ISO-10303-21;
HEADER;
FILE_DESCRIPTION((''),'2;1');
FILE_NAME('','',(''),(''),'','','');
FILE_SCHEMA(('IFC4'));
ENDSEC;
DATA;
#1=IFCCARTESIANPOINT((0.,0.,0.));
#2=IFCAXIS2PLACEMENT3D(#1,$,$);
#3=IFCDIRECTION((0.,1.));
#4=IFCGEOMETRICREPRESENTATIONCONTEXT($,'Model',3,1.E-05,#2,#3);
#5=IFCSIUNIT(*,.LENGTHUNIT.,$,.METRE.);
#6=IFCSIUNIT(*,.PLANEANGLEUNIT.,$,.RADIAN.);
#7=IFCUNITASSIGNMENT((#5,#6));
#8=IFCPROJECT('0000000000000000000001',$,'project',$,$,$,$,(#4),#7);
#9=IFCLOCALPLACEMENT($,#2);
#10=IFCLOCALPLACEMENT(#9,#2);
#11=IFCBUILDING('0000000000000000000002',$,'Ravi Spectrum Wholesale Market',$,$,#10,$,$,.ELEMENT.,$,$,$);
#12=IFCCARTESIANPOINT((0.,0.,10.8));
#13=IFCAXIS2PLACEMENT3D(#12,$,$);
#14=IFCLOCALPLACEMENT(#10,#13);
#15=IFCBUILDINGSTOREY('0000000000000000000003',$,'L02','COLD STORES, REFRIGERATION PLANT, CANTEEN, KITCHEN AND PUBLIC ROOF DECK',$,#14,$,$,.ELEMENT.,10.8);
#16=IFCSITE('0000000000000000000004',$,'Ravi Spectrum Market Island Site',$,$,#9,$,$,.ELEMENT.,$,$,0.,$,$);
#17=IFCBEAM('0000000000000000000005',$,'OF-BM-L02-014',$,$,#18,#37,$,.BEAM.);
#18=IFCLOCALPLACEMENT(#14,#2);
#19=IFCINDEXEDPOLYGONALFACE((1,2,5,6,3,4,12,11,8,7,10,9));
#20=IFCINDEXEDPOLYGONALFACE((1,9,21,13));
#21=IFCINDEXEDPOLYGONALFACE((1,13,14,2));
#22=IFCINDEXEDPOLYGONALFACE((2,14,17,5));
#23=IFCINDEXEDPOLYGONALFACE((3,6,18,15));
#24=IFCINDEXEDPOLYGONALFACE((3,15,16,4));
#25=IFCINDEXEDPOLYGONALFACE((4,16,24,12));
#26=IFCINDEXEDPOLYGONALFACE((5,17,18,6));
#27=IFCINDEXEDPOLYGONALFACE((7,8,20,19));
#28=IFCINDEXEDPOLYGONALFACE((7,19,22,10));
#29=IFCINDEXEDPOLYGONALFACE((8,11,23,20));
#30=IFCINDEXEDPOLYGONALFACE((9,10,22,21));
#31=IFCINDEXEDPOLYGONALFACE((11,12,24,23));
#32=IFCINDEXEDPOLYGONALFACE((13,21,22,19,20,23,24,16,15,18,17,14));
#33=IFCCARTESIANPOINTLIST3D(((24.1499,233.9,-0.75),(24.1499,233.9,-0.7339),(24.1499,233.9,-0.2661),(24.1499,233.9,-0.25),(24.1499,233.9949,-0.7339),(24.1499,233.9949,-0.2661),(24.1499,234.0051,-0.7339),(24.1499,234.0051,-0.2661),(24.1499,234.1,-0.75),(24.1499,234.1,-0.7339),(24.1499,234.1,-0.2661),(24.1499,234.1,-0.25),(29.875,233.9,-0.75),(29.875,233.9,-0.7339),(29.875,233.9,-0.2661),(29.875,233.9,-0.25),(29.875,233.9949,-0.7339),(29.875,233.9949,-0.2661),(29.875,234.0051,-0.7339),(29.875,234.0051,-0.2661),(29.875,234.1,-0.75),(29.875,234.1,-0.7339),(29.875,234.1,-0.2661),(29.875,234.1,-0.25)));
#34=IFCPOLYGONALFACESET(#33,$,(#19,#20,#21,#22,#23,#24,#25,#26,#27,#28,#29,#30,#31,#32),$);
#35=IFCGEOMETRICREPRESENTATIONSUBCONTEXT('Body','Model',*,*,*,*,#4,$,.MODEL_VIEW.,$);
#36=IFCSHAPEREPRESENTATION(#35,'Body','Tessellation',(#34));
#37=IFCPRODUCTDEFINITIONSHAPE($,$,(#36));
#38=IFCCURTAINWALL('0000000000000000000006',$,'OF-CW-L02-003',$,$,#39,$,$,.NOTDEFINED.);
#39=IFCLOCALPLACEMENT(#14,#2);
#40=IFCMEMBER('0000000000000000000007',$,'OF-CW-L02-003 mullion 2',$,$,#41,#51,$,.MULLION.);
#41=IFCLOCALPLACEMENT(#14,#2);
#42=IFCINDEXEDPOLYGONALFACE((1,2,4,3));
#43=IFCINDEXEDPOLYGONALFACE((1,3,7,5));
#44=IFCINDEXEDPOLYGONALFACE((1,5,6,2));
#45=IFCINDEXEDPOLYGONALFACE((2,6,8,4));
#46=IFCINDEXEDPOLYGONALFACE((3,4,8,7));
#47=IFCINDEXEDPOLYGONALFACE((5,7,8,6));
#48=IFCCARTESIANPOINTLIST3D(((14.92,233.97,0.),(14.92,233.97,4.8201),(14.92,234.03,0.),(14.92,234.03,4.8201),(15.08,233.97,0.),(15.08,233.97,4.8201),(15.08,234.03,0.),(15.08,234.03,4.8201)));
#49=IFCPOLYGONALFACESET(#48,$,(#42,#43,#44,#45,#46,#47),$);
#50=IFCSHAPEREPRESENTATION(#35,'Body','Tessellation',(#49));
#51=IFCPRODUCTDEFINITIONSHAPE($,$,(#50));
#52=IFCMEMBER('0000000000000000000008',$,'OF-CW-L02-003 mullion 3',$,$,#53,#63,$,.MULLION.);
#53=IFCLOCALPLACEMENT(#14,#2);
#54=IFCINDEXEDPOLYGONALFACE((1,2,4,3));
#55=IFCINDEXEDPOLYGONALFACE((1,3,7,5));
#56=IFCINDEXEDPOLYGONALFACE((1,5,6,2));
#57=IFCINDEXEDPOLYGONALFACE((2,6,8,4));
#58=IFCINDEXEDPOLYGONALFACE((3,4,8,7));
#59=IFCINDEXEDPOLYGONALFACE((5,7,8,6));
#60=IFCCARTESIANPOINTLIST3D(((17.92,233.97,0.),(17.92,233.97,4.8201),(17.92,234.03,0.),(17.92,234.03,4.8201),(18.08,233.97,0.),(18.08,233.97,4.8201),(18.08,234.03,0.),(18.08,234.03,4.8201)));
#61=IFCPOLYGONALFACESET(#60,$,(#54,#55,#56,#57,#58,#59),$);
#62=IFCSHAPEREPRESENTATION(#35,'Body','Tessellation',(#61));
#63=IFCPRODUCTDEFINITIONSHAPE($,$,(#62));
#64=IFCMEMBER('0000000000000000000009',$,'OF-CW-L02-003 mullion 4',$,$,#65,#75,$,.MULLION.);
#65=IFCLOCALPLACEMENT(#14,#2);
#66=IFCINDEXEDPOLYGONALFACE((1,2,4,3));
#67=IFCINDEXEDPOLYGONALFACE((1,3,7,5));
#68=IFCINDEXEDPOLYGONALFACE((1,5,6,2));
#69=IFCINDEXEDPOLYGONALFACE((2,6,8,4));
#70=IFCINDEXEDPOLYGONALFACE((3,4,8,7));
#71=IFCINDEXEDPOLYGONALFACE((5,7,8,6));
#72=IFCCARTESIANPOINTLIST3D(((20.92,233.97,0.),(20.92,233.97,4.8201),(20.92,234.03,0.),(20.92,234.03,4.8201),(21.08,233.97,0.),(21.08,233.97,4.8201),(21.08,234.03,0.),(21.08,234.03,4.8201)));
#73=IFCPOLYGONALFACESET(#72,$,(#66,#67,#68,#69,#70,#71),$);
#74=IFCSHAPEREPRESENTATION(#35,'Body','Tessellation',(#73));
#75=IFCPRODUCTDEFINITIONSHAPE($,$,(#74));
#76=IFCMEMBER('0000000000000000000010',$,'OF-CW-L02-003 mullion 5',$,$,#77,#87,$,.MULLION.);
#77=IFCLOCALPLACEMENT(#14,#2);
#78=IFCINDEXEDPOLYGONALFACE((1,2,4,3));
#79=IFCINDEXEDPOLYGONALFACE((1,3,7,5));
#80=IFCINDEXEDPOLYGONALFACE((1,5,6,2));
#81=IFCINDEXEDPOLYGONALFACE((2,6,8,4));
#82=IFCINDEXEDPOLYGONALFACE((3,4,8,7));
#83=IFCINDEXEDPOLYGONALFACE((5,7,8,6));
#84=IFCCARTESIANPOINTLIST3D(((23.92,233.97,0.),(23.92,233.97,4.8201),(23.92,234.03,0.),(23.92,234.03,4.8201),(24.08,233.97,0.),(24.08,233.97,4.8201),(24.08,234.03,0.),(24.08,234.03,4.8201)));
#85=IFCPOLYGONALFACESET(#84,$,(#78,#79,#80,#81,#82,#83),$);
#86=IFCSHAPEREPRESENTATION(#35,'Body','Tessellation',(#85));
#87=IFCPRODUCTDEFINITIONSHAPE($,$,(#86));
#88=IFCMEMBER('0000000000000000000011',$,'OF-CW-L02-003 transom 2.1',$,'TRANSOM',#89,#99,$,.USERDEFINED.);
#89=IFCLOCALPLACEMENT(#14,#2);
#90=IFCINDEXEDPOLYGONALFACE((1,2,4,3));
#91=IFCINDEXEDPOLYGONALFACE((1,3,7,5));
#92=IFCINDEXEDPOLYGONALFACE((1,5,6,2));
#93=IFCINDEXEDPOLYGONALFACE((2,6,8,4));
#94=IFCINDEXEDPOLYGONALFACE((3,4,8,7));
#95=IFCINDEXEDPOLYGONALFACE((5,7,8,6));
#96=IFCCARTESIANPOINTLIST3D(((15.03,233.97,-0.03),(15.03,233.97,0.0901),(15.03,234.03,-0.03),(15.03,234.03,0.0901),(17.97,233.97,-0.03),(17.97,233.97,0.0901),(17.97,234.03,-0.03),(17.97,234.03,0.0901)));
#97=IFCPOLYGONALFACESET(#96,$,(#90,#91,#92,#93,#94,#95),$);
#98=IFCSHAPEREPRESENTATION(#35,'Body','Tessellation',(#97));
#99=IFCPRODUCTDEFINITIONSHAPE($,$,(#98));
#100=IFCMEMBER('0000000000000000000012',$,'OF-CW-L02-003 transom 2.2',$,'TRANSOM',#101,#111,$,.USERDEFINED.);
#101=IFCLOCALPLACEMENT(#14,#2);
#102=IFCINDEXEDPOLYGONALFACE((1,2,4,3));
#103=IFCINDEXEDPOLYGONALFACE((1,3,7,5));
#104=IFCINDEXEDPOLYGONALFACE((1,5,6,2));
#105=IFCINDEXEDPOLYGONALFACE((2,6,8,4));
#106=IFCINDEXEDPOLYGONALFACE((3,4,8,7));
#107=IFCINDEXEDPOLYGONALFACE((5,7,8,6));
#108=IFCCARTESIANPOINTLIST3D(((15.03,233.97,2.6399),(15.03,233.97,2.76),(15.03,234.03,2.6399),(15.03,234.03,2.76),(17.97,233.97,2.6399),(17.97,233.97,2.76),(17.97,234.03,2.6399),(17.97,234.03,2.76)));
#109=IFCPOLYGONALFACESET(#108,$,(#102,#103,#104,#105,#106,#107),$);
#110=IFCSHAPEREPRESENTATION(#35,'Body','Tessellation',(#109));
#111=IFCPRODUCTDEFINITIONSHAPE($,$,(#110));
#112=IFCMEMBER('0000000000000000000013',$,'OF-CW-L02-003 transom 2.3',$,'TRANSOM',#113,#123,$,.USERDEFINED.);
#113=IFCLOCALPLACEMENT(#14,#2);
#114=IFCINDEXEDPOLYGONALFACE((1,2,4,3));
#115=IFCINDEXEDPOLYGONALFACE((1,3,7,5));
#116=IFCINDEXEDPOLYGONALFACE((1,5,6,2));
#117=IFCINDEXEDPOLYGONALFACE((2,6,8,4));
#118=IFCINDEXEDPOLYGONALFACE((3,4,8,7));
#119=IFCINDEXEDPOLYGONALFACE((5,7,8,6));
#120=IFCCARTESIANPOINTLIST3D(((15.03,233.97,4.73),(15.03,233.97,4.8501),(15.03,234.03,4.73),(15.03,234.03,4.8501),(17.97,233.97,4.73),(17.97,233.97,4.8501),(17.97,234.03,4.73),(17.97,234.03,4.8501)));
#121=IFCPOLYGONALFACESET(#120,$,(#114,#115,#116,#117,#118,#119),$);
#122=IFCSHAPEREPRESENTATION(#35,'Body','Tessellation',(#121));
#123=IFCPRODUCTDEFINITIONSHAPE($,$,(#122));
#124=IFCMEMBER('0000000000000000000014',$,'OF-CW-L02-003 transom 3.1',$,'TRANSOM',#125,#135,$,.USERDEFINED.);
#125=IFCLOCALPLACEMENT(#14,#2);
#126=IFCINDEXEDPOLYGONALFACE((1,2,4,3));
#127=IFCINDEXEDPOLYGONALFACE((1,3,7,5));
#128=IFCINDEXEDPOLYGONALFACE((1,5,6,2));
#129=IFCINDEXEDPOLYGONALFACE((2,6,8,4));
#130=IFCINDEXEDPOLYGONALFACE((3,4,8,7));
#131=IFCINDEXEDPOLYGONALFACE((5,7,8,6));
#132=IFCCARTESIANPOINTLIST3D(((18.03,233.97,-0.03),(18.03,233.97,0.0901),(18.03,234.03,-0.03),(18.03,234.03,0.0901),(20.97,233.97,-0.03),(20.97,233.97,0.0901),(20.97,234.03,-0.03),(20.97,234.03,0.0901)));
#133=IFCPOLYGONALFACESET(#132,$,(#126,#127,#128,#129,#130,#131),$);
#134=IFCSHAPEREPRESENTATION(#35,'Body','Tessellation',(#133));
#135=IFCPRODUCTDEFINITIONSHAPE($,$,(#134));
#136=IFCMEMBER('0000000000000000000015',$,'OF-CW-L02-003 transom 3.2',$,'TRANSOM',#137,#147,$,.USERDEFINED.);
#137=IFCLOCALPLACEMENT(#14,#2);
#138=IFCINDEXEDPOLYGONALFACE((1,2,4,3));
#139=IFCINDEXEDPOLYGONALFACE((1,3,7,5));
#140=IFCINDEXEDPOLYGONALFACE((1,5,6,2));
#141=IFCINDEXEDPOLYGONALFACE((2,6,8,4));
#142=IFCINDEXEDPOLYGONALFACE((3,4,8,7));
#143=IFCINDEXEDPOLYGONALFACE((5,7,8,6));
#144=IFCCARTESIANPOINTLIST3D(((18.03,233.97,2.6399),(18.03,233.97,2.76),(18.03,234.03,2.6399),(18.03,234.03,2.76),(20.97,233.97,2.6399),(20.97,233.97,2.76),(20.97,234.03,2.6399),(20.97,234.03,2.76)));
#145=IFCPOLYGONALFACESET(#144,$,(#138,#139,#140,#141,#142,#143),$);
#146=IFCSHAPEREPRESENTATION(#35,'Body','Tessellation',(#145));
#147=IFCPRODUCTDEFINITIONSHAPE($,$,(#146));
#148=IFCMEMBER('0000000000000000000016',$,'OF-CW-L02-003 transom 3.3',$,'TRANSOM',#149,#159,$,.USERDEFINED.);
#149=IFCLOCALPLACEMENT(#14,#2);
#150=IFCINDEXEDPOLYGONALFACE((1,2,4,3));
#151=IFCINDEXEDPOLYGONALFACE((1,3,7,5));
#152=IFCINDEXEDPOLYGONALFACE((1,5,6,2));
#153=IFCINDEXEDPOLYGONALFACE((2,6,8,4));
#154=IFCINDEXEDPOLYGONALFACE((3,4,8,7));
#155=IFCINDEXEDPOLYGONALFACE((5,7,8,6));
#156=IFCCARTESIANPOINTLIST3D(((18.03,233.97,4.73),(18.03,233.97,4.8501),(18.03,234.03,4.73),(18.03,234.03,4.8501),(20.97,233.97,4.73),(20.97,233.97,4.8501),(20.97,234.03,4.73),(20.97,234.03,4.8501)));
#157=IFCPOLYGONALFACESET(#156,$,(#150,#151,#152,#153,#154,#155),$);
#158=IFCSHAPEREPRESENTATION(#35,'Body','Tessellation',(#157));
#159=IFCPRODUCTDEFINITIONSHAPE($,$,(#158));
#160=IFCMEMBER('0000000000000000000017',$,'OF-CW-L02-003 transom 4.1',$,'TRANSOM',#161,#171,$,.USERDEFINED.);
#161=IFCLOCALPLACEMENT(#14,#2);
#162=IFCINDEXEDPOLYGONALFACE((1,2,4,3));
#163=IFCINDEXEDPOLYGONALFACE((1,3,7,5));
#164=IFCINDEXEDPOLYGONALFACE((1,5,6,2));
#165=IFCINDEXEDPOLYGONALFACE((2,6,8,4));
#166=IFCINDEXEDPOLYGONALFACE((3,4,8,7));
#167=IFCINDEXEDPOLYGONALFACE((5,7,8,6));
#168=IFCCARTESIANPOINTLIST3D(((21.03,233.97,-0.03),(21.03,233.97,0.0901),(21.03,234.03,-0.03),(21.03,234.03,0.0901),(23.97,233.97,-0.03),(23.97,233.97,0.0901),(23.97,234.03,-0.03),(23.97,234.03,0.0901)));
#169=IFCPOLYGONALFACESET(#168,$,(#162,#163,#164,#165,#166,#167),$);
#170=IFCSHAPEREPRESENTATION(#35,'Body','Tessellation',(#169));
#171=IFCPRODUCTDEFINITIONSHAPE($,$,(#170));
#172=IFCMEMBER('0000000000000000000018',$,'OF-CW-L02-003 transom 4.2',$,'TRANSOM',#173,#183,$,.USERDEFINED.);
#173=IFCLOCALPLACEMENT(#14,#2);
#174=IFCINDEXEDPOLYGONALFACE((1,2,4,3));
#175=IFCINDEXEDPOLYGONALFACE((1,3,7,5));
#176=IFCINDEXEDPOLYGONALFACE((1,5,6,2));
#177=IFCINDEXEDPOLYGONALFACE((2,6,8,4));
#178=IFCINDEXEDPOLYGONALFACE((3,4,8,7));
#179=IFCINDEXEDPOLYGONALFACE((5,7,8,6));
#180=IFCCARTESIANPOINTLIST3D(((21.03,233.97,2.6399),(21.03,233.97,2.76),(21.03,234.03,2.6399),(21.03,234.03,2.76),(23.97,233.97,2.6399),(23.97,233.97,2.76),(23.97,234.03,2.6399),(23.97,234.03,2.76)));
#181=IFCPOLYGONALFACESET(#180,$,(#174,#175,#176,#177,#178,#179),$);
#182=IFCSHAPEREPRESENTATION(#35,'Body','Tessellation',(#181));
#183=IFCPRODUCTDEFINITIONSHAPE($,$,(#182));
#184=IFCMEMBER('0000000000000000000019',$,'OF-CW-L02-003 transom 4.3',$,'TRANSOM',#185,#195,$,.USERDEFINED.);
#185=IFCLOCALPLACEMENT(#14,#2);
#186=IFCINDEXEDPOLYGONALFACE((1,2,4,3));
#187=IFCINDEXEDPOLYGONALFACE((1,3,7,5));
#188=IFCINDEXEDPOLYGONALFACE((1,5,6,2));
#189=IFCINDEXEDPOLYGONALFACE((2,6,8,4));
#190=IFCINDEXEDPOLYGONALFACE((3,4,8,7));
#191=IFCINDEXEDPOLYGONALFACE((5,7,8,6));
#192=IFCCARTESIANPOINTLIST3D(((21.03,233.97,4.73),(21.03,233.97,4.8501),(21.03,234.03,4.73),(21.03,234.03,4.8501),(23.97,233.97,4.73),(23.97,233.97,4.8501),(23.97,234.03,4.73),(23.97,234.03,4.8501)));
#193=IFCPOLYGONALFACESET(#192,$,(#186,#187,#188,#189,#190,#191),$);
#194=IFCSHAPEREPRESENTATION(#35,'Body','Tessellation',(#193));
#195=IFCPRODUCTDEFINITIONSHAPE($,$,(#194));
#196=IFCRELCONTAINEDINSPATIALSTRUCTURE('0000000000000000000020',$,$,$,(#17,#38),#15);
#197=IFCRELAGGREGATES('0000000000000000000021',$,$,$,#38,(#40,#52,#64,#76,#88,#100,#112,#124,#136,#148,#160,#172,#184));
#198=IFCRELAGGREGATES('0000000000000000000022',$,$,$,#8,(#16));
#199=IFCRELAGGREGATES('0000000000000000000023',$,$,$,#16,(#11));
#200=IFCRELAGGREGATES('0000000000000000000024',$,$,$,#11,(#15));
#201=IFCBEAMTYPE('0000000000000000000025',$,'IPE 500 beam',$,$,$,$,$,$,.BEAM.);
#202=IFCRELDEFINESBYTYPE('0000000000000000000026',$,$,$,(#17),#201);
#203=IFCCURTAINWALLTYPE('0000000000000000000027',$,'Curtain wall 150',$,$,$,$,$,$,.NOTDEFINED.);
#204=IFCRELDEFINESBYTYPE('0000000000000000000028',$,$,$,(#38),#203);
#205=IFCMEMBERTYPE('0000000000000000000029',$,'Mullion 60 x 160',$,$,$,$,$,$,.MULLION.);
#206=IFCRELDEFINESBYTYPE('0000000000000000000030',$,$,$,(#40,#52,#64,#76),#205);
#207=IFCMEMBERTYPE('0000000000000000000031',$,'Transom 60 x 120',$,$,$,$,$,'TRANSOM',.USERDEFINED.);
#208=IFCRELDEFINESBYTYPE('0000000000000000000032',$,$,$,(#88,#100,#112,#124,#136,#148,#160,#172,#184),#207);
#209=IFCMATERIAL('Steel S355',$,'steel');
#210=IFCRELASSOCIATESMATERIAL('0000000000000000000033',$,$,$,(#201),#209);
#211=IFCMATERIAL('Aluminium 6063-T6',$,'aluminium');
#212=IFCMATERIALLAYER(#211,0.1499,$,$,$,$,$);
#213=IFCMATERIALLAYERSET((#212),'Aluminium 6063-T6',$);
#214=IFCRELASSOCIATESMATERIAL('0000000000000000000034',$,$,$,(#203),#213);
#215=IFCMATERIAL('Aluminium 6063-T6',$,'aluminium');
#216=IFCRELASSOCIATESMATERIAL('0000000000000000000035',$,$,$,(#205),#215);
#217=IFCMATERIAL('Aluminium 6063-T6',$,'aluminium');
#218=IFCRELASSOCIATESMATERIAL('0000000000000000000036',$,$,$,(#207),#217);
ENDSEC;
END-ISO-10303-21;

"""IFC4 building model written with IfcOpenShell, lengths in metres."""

from ifc_helpers import new_model, si_unit, direction, frame, origin, origin_2d, place, context, subcontext, project, spatial, rectangle, i_section, extrude, material, layer, layer_set, material_profile, profile_set, type_object, element, aggregate, save


model = new_model("IFC4")

# Units and contexts
model_context = context("Model", 3, precision=1e-05, world=origin(), true_north=direction((0.0, 1.0)))
body_context = subcontext(model_context, "Body", "Model", "MODEL_VIEW")
ifc_project = project(units=[si_unit("LENGTHUNIT", "METRE"), si_unit("PLANEANGLEUNIT", "RADIAN")], contexts=[model_context])

# Site, building, storey
site_placement = place(None, origin())
site = spatial("IfcSite", under=ifc_project, at=site_placement, Name="Ravi Spectrum Market Island Site", CompositionType="ELEMENT", RefElevation=0.0)
building_placement = place(site_placement, origin())
building = spatial("IfcBuilding", under=site, at=building_placement, Name="Ravi Spectrum Wholesale Market", CompositionType="ELEMENT")
storey_placement = place(building_placement, frame((0.0, 0.0, 10.8)))
storey = spatial("IfcBuildingStorey", under=building, at=storey_placement, Name="L02", Description="COLD STORES, REFRIGERATION PLANT, CANTEEN, KITCHEN AND PUBLIC ROOF DECK", CompositionType="ELEMENT", Elevation=10.8)

# Beam
ifc_material_1 = material(Name="Steel S355", Category="steel")
ifc_material_profile_1 = material_profile(ifc_material_1, i_section(OverallWidth=0.2, OverallDepth=0.5, WebThickness=0.0103, FlangeThickness=0.0161, at=origin_2d()))
ifc_profile_set_1 = profile_set([ifc_material_profile_1], Name="Steel S355")
beam_type_1 = type_object("IfcBeamType", Name="IPE 500 beam", PredefinedType="BEAM", material=ifc_profile_set_1)
beam_1_placement = place(storey_placement, frame((24.1499, 234.0, -0.5), z_axis=(1.0, 0.0, 0.0), x_axis=(0.0, 1.0, 0.0)))
element("IfcBeam", 1, at=beam_1_placement, inside=storey, type_object=beam_type_1, Name="OF-BM-L02-014", PredefinedType="BEAM", context=body_context, shape_type="SweptSolid", body=[
    extrude(i_section(OverallWidth=0.2, OverallDepth=0.5, WebThickness=0.0103, FlangeThickness=0.0161, at=origin_2d()), origin(), (0.0, 0.0, 1.0), 5.7251),
])

# Curtain wall, members
ifc_material_2 = material(Name="Aluminium 6063-T6", Category="aluminium")
ifc_layer_1 = layer(ifc_material_2, 0.1499)
ifc_layer_set_1 = layer_set([ifc_layer_1], Name="Aluminium 6063-T6")
curtain_wall_type = type_object("IfcCurtainWallType", Name="Curtain wall 150", PredefinedType="NOTDEFINED", material=ifc_layer_set_1)
curtain_wall_placement = place(storey_placement, origin())
curtain_wall = element("IfcCurtainWall", 2, at=curtain_wall_placement, inside=storey, type_object=curtain_wall_type, Name="OF-CW-L02-003", PredefinedType="NOTDEFINED")
ifc_material_3 = material(Name="Aluminium 6063-T6", Category="aluminium")
ifc_material_profile_2 = material_profile(ifc_material_3, rectangle(XDim=0.0601, YDim=0.1599, at=origin_2d()))
ifc_profile_set_2 = profile_set([ifc_material_profile_2], Name="Aluminium 6063-T6")
member_type_1 = type_object("IfcMemberType", Name="Mullion 60 x 160", PredefinedType="MULLION", material=ifc_profile_set_2)
member_1_placement = place(storey_placement, frame((15.0, 234.0, 0.0), z_axis=(0.0, 0.0, 1.0), x_axis=(0.0, 1.0, 0.0)))
member_1 = element("IfcMember", 3, at=member_1_placement, type_object=member_type_1, Name="OF-CW-L02-003 mullion 2", PredefinedType="MULLION", context=body_context, shape_type="SweptSolid", body=[
    extrude(rectangle(XDim=0.0601, YDim=0.1599, at=origin_2d()), origin(), (0.0, 0.0, 1.0), 4.8201),
])
member_2_placement = place(storey_placement, frame((18.0, 234.0, 0.0), z_axis=(0.0, 0.0, 1.0), x_axis=(0.0, 1.0, 0.0)))
member_2 = element("IfcMember", 4, at=member_2_placement, type_object=member_type_1, Name="OF-CW-L02-003 mullion 3", PredefinedType="MULLION", context=body_context, shape_type="SweptSolid", body=[
    extrude(rectangle(XDim=0.0601, YDim=0.1599, at=origin_2d()), origin(), (0.0, 0.0, 1.0), 4.8201),
])
member_3_placement = place(storey_placement, frame((21.0, 234.0, 0.0), z_axis=(0.0, 0.0, 1.0), x_axis=(0.0, 1.0, 0.0)))
member_3 = element("IfcMember", 5, at=member_3_placement, type_object=member_type_1, Name="OF-CW-L02-003 mullion 4", PredefinedType="MULLION", context=body_context, shape_type="SweptSolid", body=[
    extrude(rectangle(XDim=0.0601, YDim=0.1599, at=origin_2d()), origin(), (0.0, 0.0, 1.0), 4.8201),
])
member_4_placement = place(storey_placement, frame((24.0, 234.0, 0.0), z_axis=(0.0, 0.0, 1.0), x_axis=(0.0, 1.0, 0.0)))
member_4 = element("IfcMember", 6, at=member_4_placement, type_object=member_type_1, Name="OF-CW-L02-003 mullion 5", PredefinedType="MULLION", context=body_context, shape_type="SweptSolid", body=[
    extrude(rectangle(XDim=0.0601, YDim=0.1599, at=origin_2d()), origin(), (0.0, 0.0, 1.0), 4.8201),
])
ifc_material_4 = material(Name="Aluminium 6063-T6", Category="aluminium")
ifc_material_profile_3 = material_profile(ifc_material_4, rectangle(XDim=0.0601, YDim=0.1201, at=origin_2d()))
ifc_profile_set_3 = profile_set([ifc_material_profile_3], Name="Aluminium 6063-T6")
member_type_2 = type_object("IfcMemberType", Name="Transom 60 x 120", ElementType="TRANSOM", PredefinedType="USERDEFINED", material=ifc_profile_set_3)
member_5_placement = place(storey_placement, frame((15.03, 234.0, 0.03), z_axis=(1.0, 0.0, 0.0), x_axis=(0.0, 1.0, 0.0)))
member_5 = element("IfcMember", 7, at=member_5_placement, type_object=member_type_2, Name="OF-CW-L02-003 transom 2.1", ObjectType="TRANSOM", PredefinedType="USERDEFINED", context=body_context, shape_type="SweptSolid", body=[
    extrude(rectangle(XDim=0.0601, YDim=0.1201, at=origin_2d()), origin(), (0.0, 0.0, 1.0), 2.9399),
])
member_6_placement = place(storey_placement, frame((15.03, 234.0, 2.7), z_axis=(1.0, 0.0, 0.0), x_axis=(0.0, 1.0, 0.0)))
member_6 = element("IfcMember", 8, at=member_6_placement, type_object=member_type_2, Name="OF-CW-L02-003 transom 2.2", ObjectType="TRANSOM", PredefinedType="USERDEFINED", context=body_context, shape_type="SweptSolid", body=[
    extrude(rectangle(XDim=0.0601, YDim=0.1201, at=origin_2d()), origin(), (0.0, 0.0, 1.0), 2.9399),
])
member_7_placement = place(storey_placement, frame((15.03, 234.0, 4.79), z_axis=(1.0, 0.0, 0.0), x_axis=(0.0, 1.0, 0.0)))
member_7 = element("IfcMember", 9, at=member_7_placement, type_object=member_type_2, Name="OF-CW-L02-003 transom 2.3", ObjectType="TRANSOM", PredefinedType="USERDEFINED", context=body_context, shape_type="SweptSolid", body=[
    extrude(rectangle(XDim=0.0601, YDim=0.1201, at=origin_2d()), origin(), (0.0, 0.0, 1.0), 2.9399),
])
member_8_placement = place(storey_placement, frame((18.03, 234.0, 0.03), z_axis=(1.0, 0.0, 0.0), x_axis=(0.0, 1.0, 0.0)))
member_8 = element("IfcMember", 10, at=member_8_placement, type_object=member_type_2, Name="OF-CW-L02-003 transom 3.1", ObjectType="TRANSOM", PredefinedType="USERDEFINED", context=body_context, shape_type="SweptSolid", body=[
    extrude(rectangle(XDim=0.0601, YDim=0.1201, at=origin_2d()), origin(), (0.0, 0.0, 1.0), 2.9399),
])
member_9_placement = place(storey_placement, frame((18.03, 234.0, 2.7), z_axis=(1.0, 0.0, 0.0), x_axis=(0.0, 1.0, 0.0)))
member_9 = element("IfcMember", 11, at=member_9_placement, type_object=member_type_2, Name="OF-CW-L02-003 transom 3.2", ObjectType="TRANSOM", PredefinedType="USERDEFINED", context=body_context, shape_type="SweptSolid", body=[
    extrude(rectangle(XDim=0.0601, YDim=0.1201, at=origin_2d()), origin(), (0.0, 0.0, 1.0), 2.9399),
])
member_10_placement = place(storey_placement, frame((18.03, 234.0, 4.79), z_axis=(1.0, 0.0, 0.0), x_axis=(0.0, 1.0, 0.0)))
member_10 = element("IfcMember", 12, at=member_10_placement, type_object=member_type_2, Name="OF-CW-L02-003 transom 3.3", ObjectType="TRANSOM", PredefinedType="USERDEFINED", context=body_context, shape_type="SweptSolid", body=[
    extrude(rectangle(XDim=0.0601, YDim=0.1201, at=origin_2d()), origin(), (0.0, 0.0, 1.0), 2.9399),
])
member_11_placement = place(storey_placement, frame((21.03, 234.0, 0.03), z_axis=(1.0, 0.0, 0.0), x_axis=(0.0, 1.0, 0.0)))
member_11 = element("IfcMember", 13, at=member_11_placement, type_object=member_type_2, Name="OF-CW-L02-003 transom 4.1", ObjectType="TRANSOM", PredefinedType="USERDEFINED", context=body_context, shape_type="SweptSolid", body=[
    extrude(rectangle(XDim=0.0601, YDim=0.1201, at=origin_2d()), origin(), (0.0, 0.0, 1.0), 2.9399),
])
member_12_placement = place(storey_placement, frame((21.03, 234.0, 2.7), z_axis=(1.0, 0.0, 0.0), x_axis=(0.0, 1.0, 0.0)))
member_12 = element("IfcMember", 14, at=member_12_placement, type_object=member_type_2, Name="OF-CW-L02-003 transom 4.2", ObjectType="TRANSOM", PredefinedType="USERDEFINED", context=body_context, shape_type="SweptSolid", body=[
    extrude(rectangle(XDim=0.0601, YDim=0.1201, at=origin_2d()), origin(), (0.0, 0.0, 1.0), 2.9399),
])
member_13_placement = place(storey_placement, frame((21.03, 234.0, 4.79), z_axis=(1.0, 0.0, 0.0), x_axis=(0.0, 1.0, 0.0)))
member_13 = element("IfcMember", 15, at=member_13_placement, type_object=member_type_2, Name="OF-CW-L02-003 transom 4.3", ObjectType="TRANSOM", PredefinedType="USERDEFINED", context=body_context, shape_type="SweptSolid", body=[
    extrude(rectangle(XDim=0.0601, YDim=0.1201, at=origin_2d()), origin(), (0.0, 0.0, 1.0), 2.9399),
])
aggregate(curtain_wall, [member_1, member_2, member_3, member_4, member_5, member_6, member_7, member_8, member_9, member_10, member_11, member_12, member_13])

save(model, "model.ifc")
